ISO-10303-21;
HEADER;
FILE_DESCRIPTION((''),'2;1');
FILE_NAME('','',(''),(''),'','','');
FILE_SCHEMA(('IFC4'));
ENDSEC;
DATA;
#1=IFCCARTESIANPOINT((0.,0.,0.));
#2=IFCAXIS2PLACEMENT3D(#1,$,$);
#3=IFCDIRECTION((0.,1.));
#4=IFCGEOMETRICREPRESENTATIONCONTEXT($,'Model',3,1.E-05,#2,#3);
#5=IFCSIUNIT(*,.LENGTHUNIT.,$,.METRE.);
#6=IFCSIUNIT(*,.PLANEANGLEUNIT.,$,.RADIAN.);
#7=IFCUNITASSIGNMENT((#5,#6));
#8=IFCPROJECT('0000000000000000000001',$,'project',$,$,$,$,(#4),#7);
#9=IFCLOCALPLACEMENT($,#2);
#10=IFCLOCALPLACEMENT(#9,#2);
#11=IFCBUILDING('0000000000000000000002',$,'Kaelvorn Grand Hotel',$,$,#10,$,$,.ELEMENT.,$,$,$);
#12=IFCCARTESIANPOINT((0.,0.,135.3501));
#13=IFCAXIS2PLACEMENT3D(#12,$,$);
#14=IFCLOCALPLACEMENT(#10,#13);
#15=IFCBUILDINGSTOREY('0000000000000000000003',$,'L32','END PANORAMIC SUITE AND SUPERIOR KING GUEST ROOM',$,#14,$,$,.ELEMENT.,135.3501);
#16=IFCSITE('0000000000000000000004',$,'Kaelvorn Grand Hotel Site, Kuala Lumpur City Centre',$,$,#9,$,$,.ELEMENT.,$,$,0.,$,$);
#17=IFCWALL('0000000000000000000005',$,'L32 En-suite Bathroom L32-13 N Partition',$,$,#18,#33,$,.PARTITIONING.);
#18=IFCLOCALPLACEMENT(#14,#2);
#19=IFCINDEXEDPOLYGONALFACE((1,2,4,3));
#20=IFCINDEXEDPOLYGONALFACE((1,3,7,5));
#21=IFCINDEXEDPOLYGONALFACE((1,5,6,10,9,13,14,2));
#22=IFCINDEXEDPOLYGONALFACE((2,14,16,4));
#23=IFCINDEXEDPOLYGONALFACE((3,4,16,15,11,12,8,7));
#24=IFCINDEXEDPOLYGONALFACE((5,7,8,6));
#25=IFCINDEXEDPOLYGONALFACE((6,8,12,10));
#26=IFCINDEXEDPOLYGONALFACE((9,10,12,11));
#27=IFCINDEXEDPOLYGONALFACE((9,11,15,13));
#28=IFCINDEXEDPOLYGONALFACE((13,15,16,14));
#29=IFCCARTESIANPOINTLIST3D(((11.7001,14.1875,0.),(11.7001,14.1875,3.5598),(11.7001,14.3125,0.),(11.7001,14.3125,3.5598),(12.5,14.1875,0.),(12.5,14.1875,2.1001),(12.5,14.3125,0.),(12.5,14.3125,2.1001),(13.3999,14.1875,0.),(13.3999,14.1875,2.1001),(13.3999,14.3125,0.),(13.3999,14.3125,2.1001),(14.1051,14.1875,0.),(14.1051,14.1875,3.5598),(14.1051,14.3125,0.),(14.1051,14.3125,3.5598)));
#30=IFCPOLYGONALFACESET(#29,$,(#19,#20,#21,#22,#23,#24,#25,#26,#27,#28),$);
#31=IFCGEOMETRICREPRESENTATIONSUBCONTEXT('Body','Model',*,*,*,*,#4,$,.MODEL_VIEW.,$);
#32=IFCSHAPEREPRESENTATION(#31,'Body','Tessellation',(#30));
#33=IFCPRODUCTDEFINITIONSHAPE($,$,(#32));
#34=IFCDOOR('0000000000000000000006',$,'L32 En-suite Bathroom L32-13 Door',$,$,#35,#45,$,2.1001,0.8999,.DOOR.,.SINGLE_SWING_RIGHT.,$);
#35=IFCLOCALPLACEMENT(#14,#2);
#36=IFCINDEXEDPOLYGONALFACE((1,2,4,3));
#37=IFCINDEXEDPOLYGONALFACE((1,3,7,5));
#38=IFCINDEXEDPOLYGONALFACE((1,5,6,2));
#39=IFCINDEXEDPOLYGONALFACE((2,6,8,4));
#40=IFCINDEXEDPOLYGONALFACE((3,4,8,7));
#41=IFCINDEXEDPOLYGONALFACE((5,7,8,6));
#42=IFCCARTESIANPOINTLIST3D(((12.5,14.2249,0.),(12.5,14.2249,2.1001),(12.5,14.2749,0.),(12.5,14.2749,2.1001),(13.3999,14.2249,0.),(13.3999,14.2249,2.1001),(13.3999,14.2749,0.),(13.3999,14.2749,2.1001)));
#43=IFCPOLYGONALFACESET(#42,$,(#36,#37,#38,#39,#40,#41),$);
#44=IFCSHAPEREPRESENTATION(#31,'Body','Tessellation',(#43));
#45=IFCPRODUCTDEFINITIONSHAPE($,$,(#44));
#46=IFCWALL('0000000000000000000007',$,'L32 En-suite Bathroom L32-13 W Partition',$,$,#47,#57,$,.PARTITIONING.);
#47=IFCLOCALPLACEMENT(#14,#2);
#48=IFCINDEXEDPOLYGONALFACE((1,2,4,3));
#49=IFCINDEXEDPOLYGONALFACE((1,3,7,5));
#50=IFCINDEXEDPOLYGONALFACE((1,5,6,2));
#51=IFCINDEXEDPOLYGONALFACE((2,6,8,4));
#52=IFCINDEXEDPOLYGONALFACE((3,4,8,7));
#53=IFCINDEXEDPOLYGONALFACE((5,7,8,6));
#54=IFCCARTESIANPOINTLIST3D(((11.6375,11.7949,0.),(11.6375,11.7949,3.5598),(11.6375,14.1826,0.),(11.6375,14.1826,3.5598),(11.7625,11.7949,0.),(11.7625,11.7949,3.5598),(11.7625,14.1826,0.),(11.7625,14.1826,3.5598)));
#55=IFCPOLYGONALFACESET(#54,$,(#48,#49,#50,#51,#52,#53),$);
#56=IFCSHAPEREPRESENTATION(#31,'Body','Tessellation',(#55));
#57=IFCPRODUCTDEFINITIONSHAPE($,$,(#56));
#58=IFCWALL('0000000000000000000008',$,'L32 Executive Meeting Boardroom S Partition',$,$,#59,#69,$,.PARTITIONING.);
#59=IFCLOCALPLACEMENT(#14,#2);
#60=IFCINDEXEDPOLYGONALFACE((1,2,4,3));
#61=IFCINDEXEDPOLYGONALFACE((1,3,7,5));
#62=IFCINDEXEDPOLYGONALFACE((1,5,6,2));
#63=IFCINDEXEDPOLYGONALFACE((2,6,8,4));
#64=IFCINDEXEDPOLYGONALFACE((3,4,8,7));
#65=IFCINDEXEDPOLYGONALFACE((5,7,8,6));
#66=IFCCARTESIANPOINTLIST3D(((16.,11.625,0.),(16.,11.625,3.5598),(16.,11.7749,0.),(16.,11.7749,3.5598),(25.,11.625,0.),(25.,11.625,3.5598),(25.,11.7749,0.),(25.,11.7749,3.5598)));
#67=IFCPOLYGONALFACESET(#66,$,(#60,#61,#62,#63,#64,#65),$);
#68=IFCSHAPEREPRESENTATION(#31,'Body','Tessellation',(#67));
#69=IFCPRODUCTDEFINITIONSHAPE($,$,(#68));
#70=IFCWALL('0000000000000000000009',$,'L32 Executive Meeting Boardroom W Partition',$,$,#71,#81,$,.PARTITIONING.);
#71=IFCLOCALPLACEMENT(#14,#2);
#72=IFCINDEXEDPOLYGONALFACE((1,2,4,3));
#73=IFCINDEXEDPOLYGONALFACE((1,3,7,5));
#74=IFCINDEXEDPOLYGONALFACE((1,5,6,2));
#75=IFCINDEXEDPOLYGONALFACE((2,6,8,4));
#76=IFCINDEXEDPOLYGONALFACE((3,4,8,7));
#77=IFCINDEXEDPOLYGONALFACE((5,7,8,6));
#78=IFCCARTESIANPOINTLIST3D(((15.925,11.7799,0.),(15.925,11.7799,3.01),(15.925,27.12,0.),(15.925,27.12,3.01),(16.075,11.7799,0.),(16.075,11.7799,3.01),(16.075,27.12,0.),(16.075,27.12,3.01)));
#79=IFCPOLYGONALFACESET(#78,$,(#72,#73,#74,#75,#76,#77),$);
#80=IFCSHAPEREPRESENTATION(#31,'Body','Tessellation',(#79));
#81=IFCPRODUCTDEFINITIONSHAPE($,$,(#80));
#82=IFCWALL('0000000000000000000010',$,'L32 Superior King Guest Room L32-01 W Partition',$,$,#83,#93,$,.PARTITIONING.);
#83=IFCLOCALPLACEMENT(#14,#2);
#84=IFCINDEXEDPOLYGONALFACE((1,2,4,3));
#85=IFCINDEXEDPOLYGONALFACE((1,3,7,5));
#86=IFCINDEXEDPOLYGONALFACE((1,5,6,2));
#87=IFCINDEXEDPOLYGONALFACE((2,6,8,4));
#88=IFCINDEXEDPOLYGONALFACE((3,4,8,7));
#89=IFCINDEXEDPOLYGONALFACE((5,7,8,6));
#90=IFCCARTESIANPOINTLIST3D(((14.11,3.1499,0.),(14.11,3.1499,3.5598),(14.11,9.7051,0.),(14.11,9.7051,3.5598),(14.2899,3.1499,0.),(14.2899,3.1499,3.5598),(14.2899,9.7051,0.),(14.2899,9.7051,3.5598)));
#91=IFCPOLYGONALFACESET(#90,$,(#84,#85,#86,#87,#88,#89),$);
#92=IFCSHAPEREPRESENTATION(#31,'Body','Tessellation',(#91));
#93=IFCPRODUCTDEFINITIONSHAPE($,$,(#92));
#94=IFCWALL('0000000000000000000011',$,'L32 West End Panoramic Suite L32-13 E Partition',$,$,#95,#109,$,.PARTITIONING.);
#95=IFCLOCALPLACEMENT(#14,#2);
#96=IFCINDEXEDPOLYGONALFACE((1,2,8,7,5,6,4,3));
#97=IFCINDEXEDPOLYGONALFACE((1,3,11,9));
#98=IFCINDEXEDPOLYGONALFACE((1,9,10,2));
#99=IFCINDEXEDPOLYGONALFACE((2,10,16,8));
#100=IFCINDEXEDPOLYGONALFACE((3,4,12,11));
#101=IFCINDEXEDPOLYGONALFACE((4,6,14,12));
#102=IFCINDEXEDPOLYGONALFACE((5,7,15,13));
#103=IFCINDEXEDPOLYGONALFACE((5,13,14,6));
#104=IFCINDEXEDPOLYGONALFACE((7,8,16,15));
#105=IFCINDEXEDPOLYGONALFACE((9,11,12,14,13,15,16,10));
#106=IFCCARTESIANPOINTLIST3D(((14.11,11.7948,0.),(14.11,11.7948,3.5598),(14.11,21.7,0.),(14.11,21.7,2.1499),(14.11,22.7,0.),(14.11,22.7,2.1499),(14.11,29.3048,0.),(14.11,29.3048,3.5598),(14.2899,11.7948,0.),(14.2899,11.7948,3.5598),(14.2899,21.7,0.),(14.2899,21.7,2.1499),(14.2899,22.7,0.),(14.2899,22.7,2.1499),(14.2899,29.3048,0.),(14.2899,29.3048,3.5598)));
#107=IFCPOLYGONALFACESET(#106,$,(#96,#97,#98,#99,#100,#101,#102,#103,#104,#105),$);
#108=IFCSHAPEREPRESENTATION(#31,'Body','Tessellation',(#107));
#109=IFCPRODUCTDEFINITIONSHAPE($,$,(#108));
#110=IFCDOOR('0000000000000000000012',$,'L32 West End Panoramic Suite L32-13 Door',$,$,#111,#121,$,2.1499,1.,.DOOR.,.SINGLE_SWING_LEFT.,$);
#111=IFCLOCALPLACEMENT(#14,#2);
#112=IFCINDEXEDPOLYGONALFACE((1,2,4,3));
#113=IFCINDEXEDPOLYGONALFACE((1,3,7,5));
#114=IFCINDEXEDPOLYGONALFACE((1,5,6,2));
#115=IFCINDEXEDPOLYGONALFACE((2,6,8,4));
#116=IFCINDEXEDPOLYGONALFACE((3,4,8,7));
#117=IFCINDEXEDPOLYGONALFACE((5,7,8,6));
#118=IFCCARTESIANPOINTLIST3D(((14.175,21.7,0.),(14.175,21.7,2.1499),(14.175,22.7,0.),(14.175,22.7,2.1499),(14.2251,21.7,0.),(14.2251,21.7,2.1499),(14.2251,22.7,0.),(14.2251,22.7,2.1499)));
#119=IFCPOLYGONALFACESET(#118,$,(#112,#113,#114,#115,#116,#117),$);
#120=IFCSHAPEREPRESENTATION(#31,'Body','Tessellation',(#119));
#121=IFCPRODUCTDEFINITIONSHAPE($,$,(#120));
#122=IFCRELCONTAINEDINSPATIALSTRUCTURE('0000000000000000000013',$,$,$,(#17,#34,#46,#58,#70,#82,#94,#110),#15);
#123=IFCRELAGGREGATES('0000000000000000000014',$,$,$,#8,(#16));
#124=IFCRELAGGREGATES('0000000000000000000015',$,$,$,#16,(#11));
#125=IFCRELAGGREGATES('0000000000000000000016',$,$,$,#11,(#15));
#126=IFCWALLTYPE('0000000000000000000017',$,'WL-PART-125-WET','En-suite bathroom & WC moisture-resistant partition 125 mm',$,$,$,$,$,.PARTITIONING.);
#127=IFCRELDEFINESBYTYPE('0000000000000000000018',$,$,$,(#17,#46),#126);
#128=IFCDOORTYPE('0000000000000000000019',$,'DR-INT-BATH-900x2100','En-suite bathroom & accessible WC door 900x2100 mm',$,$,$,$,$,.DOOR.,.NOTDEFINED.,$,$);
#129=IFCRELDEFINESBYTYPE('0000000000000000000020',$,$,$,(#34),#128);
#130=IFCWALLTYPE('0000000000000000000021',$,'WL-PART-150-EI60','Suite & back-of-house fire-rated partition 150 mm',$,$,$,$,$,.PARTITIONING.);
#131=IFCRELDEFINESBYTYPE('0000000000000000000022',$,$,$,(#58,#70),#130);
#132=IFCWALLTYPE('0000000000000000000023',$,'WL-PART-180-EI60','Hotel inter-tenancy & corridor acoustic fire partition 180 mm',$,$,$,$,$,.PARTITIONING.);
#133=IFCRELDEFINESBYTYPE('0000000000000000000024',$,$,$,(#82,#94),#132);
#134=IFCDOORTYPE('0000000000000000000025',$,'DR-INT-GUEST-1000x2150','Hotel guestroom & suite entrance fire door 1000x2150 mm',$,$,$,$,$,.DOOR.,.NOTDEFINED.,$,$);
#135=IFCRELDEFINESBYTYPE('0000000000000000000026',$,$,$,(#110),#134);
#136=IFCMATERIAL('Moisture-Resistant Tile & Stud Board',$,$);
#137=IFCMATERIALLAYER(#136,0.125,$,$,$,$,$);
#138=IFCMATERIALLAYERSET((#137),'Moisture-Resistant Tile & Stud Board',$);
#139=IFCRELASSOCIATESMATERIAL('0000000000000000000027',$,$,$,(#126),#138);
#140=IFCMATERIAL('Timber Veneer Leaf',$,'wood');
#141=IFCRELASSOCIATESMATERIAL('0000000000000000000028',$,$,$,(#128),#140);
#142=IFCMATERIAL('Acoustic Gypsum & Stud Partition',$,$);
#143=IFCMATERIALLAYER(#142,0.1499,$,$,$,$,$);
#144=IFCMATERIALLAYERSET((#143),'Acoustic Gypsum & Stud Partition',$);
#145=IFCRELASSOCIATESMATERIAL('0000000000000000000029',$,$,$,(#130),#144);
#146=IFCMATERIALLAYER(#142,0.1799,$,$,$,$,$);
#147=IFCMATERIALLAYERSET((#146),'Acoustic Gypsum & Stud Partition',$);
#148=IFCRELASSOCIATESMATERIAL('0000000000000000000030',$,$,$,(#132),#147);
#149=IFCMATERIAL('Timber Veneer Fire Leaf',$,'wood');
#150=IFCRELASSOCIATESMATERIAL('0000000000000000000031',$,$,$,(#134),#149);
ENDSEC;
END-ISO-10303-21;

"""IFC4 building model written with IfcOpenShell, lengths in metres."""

from ifc_helpers import new_model, si_unit, direction, frame, frame_2d, origin, place, context, subcontext, project, spatial, rectangle, extrude, material, layer, layer_set, type_object, element, fill, save


model = new_model("IFC4")

# Units and contexts
model_context = context("Model", 3, precision=1e-05, world=origin(), true_north=direction((0.0, 1.0)))
body_context = subcontext(model_context, "Body", "Model", "MODEL_VIEW")
ifc_project = project(units=[si_unit("LENGTHUNIT", "METRE"), si_unit("PLANEANGLEUNIT", "RADIAN")], contexts=[model_context])

# Site, building, storey
site_placement = place(None, origin())
site = spatial("IfcSite", under=ifc_project, at=site_placement, Name="Kaelvorn Grand Hotel Site, Kuala Lumpur City Centre", CompositionType="ELEMENT", RefElevation=0.0)
building_placement = place(site_placement, origin())
building = spatial("IfcBuilding", under=site, at=building_placement, Name="Kaelvorn Grand Hotel", CompositionType="ELEMENT")
storey_placement = place(building_placement, frame((0.0, 0.0, 135.3501)))
storey = spatial("IfcBuildingStorey", under=building, at=storey_placement, Name="L32", Description="END PANORAMIC SUITE AND SUPERIOR KING GUEST ROOM", CompositionType="ELEMENT", Elevation=135.3501)

# Wall, opening, door
ifc_material_1 = material(Name="Moisture-Resistant Tile & Stud Board")
ifc_layer_1 = layer(ifc_material_1, 0.125)
ifc_layer_set_1 = layer_set([ifc_layer_1], Name="Moisture-Resistant Tile & Stud Board")
wall_type_1 = type_object("IfcWallType", Name="WL-PART-125-WET", Description="En-suite bathroom & WC moisture-resistant partition 125 mm", PredefinedType="PARTITIONING", material=ifc_layer_set_1)
ifc_material_2 = material(Name="Timber Veneer Leaf", Category="wood")
door_type_1 = type_object("IfcDoorType", Name="DR-INT-BATH-900x2100", Description="En-suite bathroom & accessible WC door 900x2100 mm", OperationType="NOTDEFINED", PredefinedType="DOOR", material=ifc_material_2)
wall_1_placement = place(storey_placement, frame((11.7, 14.25, 0.0), z_axis=(0.0, 0.0, 1.0), x_axis=(1.0, 0.0, 0.0)))
wall_1 = element("IfcWall", 1, at=wall_1_placement, inside=storey, type_object=wall_type_1, Name="L32 En-suite Bathroom L32-13 N Partition", PredefinedType="PARTITIONING", context=body_context, shape_type="SweptSolid", body=[
    extrude(rectangle(XDim=2.405, YDim=0.125, at=frame_2d((1.2026, 0.0))), origin(), (0.0, 0.0, 1.0), 3.5598),
])
opening_1_placement = place(wall_1_placement, frame((0.8, 0.0, 0.0)))
opening_1 = element("IfcOpeningElement", 2, at=opening_1_placement, cuts=wall_1, PredefinedType="OPENING", context=body_context, shape_type="SweptSolid", body=[
    extrude(rectangle(XDim=0.8999, YDim=2.1001, at=frame_2d((0.45, 1.05))), frame((0.0, 0.0725, 0.0), z_axis=(0.0, -1.0, 0.0), x_axis=(1.0, 0.0, 0.0)), (0.0, 0.0, 1.0), 0.145),
])
door_1_placement = place(opening_1_placement, origin())
door_1 = element("IfcDoor", 3, at=door_1_placement, inside=storey, type_object=door_type_1, Name="L32 En-suite Bathroom L32-13 Door", OperationType="SINGLE_SWING_RIGHT", OverallHeight=2.1001, OverallWidth=0.8999, PredefinedType="DOOR", context=body_context, shape_type="SweptSolid", body=[
    extrude(rectangle(XDim=0.8999, YDim=2.1001, at=frame_2d((0.45, 1.05))), frame((0.0, 0.0249, 0.0), z_axis=(0.0, -1.0, 0.0), x_axis=(1.0, 0.0, 0.0)), (0.0, 0.0, 1.0), 0.05),
])
fill(opening_1, door_1)

# Walls
wall_2_placement = place(storey_placement, frame((11.7, 11.7949, 0.0), z_axis=(0.0, 0.0, 1.0), x_axis=(0.0, 1.0, 0.0)))
element("IfcWall", 4, at=wall_2_placement, inside=storey, type_object=wall_type_1, Name="L32 En-suite Bathroom L32-13 W Partition", PredefinedType="PARTITIONING", context=body_context, shape_type="SweptSolid", body=[
    extrude(rectangle(XDim=2.3877, YDim=0.125, at=frame_2d((1.1938, 0.0))), origin(), (0.0, 0.0, 1.0), 3.5598),
])
ifc_material_3 = material(Name="Acoustic Gypsum & Stud Partition")
ifc_layer_2 = layer(ifc_material_3, 0.1499)
ifc_layer_set_2 = layer_set([ifc_layer_2], Name="Acoustic Gypsum & Stud Partition")
wall_type_2 = type_object("IfcWallType", Name="WL-PART-150-EI60", Description="Suite & back-of-house fire-rated partition 150 mm", PredefinedType="PARTITIONING", material=ifc_layer_set_2)
wall_3_placement = place(storey_placement, frame((16.0, 11.7, 0.0), z_axis=(0.0, 0.0, 1.0), x_axis=(1.0, 0.0, 0.0)))
element("IfcWall", 5, at=wall_3_placement, inside=storey, type_object=wall_type_2, Name="L32 Executive Meeting Boardroom S Partition", PredefinedType="PARTITIONING", context=body_context, shape_type="SweptSolid", body=[
    extrude(rectangle(XDim=9.0, YDim=0.1499, at=frame_2d((4.5, 0.0))), origin(), (0.0, 0.0, 1.0), 3.5598),
])
wall_4_placement = place(storey_placement, frame((16.0, 11.78, 0.0), z_axis=(0.0, 0.0, 1.0), x_axis=(0.0, 1.0, 0.0)))
element("IfcWall", 6, at=wall_4_placement, inside=storey, type_object=wall_type_2, Name="L32 Executive Meeting Boardroom W Partition", PredefinedType="PARTITIONING", context=body_context, shape_type="SweptSolid", body=[
    extrude(rectangle(XDim=15.3401, YDim=0.1499, at=frame_2d((7.6699, 0.0))), origin(), (0.0, 0.0, 1.0), 3.01),
])

# Shared definitions
ifc_layer_3 = layer(ifc_material_3, 0.1799)
ifc_layer_set_3 = layer_set([ifc_layer_3], Name="Acoustic Gypsum & Stud Partition")
wall_type_3 = type_object("IfcWallType", Name="WL-PART-180-EI60", Description="Hotel inter-tenancy & corridor acoustic fire partition 180 mm", PredefinedType="PARTITIONING", material=ifc_layer_set_3)
ifc_material_4 = material(Name="Timber Veneer Fire Leaf", Category="wood")
door_type_2 = type_object("IfcDoorType", Name="DR-INT-GUEST-1000x2150", Description="Hotel guestroom & suite entrance fire door 1000x2150 mm", OperationType="NOTDEFINED", PredefinedType="DOOR", material=ifc_material_4)

# Wall
wall_5_placement = place(storey_placement, frame((14.2, 3.1499, 0.0), z_axis=(0.0, 0.0, 1.0), x_axis=(0.0, 1.0, 0.0)))
element("IfcWall", 7, at=wall_5_placement, inside=storey, type_object=wall_type_3, Name="L32 Superior King Guest Room L32-01 W Partition", PredefinedType="PARTITIONING", context=body_context, shape_type="SweptSolid", body=[
    extrude(rectangle(XDim=6.5552, YDim=0.1799, at=frame_2d((3.2776, 0.0))), origin(), (0.0, 0.0, 1.0), 3.5598),
])

# Wall, opening, door
wall_6_placement = place(storey_placement, frame((14.2, 11.7949, 0.0), z_axis=(0.0, 0.0, 1.0), x_axis=(0.0, 1.0, 0.0)))
wall_6 = element("IfcWall", 8, at=wall_6_placement, inside=storey, type_object=wall_type_3, Name="L32 West End Panoramic Suite L32-13 E Partition", PredefinedType="PARTITIONING", context=body_context, shape_type="SweptSolid", body=[
    extrude(rectangle(XDim=17.51, YDim=0.1799, at=frame_2d((8.7549, 0.0))), origin(), (0.0, 0.0, 1.0), 3.5598),
])
opening_2_placement = place(wall_6_placement, frame((9.905, 0.0, 0.0)))
opening_2 = element("IfcOpeningElement", 9, at=opening_2_placement, cuts=wall_6, PredefinedType="OPENING", context=body_context, shape_type="SweptSolid", body=[
    extrude(rectangle(XDim=1.0, YDim=2.1499, at=frame_2d((0.5, 1.075))), frame((0.0, 0.1001, 0.0), z_axis=(0.0, -1.0, 0.0), x_axis=(1.0, 0.0, 0.0)), (0.0, 0.0, 1.0), 0.2),
])
door_2_placement = place(opening_2_placement, origin())
door_2 = element("IfcDoor", 10, at=door_2_placement, inside=storey, type_object=door_type_2, Name="L32 West End Panoramic Suite L32-13 Door", OperationType="SINGLE_SWING_LEFT", OverallHeight=2.1499, OverallWidth=1.0, PredefinedType="DOOR", context=body_context, shape_type="SweptSolid", body=[
    extrude(rectangle(XDim=1.0, YDim=2.1499, at=frame_2d((0.5, 1.075))), frame((0.0, 0.0249, 0.0), z_axis=(0.0, -1.0, 0.0), x_axis=(1.0, 0.0, 0.0)), (0.0, 0.0, 1.0), 0.05),
])
fill(opening_2, door_2)

save(model, "model.ifc")
